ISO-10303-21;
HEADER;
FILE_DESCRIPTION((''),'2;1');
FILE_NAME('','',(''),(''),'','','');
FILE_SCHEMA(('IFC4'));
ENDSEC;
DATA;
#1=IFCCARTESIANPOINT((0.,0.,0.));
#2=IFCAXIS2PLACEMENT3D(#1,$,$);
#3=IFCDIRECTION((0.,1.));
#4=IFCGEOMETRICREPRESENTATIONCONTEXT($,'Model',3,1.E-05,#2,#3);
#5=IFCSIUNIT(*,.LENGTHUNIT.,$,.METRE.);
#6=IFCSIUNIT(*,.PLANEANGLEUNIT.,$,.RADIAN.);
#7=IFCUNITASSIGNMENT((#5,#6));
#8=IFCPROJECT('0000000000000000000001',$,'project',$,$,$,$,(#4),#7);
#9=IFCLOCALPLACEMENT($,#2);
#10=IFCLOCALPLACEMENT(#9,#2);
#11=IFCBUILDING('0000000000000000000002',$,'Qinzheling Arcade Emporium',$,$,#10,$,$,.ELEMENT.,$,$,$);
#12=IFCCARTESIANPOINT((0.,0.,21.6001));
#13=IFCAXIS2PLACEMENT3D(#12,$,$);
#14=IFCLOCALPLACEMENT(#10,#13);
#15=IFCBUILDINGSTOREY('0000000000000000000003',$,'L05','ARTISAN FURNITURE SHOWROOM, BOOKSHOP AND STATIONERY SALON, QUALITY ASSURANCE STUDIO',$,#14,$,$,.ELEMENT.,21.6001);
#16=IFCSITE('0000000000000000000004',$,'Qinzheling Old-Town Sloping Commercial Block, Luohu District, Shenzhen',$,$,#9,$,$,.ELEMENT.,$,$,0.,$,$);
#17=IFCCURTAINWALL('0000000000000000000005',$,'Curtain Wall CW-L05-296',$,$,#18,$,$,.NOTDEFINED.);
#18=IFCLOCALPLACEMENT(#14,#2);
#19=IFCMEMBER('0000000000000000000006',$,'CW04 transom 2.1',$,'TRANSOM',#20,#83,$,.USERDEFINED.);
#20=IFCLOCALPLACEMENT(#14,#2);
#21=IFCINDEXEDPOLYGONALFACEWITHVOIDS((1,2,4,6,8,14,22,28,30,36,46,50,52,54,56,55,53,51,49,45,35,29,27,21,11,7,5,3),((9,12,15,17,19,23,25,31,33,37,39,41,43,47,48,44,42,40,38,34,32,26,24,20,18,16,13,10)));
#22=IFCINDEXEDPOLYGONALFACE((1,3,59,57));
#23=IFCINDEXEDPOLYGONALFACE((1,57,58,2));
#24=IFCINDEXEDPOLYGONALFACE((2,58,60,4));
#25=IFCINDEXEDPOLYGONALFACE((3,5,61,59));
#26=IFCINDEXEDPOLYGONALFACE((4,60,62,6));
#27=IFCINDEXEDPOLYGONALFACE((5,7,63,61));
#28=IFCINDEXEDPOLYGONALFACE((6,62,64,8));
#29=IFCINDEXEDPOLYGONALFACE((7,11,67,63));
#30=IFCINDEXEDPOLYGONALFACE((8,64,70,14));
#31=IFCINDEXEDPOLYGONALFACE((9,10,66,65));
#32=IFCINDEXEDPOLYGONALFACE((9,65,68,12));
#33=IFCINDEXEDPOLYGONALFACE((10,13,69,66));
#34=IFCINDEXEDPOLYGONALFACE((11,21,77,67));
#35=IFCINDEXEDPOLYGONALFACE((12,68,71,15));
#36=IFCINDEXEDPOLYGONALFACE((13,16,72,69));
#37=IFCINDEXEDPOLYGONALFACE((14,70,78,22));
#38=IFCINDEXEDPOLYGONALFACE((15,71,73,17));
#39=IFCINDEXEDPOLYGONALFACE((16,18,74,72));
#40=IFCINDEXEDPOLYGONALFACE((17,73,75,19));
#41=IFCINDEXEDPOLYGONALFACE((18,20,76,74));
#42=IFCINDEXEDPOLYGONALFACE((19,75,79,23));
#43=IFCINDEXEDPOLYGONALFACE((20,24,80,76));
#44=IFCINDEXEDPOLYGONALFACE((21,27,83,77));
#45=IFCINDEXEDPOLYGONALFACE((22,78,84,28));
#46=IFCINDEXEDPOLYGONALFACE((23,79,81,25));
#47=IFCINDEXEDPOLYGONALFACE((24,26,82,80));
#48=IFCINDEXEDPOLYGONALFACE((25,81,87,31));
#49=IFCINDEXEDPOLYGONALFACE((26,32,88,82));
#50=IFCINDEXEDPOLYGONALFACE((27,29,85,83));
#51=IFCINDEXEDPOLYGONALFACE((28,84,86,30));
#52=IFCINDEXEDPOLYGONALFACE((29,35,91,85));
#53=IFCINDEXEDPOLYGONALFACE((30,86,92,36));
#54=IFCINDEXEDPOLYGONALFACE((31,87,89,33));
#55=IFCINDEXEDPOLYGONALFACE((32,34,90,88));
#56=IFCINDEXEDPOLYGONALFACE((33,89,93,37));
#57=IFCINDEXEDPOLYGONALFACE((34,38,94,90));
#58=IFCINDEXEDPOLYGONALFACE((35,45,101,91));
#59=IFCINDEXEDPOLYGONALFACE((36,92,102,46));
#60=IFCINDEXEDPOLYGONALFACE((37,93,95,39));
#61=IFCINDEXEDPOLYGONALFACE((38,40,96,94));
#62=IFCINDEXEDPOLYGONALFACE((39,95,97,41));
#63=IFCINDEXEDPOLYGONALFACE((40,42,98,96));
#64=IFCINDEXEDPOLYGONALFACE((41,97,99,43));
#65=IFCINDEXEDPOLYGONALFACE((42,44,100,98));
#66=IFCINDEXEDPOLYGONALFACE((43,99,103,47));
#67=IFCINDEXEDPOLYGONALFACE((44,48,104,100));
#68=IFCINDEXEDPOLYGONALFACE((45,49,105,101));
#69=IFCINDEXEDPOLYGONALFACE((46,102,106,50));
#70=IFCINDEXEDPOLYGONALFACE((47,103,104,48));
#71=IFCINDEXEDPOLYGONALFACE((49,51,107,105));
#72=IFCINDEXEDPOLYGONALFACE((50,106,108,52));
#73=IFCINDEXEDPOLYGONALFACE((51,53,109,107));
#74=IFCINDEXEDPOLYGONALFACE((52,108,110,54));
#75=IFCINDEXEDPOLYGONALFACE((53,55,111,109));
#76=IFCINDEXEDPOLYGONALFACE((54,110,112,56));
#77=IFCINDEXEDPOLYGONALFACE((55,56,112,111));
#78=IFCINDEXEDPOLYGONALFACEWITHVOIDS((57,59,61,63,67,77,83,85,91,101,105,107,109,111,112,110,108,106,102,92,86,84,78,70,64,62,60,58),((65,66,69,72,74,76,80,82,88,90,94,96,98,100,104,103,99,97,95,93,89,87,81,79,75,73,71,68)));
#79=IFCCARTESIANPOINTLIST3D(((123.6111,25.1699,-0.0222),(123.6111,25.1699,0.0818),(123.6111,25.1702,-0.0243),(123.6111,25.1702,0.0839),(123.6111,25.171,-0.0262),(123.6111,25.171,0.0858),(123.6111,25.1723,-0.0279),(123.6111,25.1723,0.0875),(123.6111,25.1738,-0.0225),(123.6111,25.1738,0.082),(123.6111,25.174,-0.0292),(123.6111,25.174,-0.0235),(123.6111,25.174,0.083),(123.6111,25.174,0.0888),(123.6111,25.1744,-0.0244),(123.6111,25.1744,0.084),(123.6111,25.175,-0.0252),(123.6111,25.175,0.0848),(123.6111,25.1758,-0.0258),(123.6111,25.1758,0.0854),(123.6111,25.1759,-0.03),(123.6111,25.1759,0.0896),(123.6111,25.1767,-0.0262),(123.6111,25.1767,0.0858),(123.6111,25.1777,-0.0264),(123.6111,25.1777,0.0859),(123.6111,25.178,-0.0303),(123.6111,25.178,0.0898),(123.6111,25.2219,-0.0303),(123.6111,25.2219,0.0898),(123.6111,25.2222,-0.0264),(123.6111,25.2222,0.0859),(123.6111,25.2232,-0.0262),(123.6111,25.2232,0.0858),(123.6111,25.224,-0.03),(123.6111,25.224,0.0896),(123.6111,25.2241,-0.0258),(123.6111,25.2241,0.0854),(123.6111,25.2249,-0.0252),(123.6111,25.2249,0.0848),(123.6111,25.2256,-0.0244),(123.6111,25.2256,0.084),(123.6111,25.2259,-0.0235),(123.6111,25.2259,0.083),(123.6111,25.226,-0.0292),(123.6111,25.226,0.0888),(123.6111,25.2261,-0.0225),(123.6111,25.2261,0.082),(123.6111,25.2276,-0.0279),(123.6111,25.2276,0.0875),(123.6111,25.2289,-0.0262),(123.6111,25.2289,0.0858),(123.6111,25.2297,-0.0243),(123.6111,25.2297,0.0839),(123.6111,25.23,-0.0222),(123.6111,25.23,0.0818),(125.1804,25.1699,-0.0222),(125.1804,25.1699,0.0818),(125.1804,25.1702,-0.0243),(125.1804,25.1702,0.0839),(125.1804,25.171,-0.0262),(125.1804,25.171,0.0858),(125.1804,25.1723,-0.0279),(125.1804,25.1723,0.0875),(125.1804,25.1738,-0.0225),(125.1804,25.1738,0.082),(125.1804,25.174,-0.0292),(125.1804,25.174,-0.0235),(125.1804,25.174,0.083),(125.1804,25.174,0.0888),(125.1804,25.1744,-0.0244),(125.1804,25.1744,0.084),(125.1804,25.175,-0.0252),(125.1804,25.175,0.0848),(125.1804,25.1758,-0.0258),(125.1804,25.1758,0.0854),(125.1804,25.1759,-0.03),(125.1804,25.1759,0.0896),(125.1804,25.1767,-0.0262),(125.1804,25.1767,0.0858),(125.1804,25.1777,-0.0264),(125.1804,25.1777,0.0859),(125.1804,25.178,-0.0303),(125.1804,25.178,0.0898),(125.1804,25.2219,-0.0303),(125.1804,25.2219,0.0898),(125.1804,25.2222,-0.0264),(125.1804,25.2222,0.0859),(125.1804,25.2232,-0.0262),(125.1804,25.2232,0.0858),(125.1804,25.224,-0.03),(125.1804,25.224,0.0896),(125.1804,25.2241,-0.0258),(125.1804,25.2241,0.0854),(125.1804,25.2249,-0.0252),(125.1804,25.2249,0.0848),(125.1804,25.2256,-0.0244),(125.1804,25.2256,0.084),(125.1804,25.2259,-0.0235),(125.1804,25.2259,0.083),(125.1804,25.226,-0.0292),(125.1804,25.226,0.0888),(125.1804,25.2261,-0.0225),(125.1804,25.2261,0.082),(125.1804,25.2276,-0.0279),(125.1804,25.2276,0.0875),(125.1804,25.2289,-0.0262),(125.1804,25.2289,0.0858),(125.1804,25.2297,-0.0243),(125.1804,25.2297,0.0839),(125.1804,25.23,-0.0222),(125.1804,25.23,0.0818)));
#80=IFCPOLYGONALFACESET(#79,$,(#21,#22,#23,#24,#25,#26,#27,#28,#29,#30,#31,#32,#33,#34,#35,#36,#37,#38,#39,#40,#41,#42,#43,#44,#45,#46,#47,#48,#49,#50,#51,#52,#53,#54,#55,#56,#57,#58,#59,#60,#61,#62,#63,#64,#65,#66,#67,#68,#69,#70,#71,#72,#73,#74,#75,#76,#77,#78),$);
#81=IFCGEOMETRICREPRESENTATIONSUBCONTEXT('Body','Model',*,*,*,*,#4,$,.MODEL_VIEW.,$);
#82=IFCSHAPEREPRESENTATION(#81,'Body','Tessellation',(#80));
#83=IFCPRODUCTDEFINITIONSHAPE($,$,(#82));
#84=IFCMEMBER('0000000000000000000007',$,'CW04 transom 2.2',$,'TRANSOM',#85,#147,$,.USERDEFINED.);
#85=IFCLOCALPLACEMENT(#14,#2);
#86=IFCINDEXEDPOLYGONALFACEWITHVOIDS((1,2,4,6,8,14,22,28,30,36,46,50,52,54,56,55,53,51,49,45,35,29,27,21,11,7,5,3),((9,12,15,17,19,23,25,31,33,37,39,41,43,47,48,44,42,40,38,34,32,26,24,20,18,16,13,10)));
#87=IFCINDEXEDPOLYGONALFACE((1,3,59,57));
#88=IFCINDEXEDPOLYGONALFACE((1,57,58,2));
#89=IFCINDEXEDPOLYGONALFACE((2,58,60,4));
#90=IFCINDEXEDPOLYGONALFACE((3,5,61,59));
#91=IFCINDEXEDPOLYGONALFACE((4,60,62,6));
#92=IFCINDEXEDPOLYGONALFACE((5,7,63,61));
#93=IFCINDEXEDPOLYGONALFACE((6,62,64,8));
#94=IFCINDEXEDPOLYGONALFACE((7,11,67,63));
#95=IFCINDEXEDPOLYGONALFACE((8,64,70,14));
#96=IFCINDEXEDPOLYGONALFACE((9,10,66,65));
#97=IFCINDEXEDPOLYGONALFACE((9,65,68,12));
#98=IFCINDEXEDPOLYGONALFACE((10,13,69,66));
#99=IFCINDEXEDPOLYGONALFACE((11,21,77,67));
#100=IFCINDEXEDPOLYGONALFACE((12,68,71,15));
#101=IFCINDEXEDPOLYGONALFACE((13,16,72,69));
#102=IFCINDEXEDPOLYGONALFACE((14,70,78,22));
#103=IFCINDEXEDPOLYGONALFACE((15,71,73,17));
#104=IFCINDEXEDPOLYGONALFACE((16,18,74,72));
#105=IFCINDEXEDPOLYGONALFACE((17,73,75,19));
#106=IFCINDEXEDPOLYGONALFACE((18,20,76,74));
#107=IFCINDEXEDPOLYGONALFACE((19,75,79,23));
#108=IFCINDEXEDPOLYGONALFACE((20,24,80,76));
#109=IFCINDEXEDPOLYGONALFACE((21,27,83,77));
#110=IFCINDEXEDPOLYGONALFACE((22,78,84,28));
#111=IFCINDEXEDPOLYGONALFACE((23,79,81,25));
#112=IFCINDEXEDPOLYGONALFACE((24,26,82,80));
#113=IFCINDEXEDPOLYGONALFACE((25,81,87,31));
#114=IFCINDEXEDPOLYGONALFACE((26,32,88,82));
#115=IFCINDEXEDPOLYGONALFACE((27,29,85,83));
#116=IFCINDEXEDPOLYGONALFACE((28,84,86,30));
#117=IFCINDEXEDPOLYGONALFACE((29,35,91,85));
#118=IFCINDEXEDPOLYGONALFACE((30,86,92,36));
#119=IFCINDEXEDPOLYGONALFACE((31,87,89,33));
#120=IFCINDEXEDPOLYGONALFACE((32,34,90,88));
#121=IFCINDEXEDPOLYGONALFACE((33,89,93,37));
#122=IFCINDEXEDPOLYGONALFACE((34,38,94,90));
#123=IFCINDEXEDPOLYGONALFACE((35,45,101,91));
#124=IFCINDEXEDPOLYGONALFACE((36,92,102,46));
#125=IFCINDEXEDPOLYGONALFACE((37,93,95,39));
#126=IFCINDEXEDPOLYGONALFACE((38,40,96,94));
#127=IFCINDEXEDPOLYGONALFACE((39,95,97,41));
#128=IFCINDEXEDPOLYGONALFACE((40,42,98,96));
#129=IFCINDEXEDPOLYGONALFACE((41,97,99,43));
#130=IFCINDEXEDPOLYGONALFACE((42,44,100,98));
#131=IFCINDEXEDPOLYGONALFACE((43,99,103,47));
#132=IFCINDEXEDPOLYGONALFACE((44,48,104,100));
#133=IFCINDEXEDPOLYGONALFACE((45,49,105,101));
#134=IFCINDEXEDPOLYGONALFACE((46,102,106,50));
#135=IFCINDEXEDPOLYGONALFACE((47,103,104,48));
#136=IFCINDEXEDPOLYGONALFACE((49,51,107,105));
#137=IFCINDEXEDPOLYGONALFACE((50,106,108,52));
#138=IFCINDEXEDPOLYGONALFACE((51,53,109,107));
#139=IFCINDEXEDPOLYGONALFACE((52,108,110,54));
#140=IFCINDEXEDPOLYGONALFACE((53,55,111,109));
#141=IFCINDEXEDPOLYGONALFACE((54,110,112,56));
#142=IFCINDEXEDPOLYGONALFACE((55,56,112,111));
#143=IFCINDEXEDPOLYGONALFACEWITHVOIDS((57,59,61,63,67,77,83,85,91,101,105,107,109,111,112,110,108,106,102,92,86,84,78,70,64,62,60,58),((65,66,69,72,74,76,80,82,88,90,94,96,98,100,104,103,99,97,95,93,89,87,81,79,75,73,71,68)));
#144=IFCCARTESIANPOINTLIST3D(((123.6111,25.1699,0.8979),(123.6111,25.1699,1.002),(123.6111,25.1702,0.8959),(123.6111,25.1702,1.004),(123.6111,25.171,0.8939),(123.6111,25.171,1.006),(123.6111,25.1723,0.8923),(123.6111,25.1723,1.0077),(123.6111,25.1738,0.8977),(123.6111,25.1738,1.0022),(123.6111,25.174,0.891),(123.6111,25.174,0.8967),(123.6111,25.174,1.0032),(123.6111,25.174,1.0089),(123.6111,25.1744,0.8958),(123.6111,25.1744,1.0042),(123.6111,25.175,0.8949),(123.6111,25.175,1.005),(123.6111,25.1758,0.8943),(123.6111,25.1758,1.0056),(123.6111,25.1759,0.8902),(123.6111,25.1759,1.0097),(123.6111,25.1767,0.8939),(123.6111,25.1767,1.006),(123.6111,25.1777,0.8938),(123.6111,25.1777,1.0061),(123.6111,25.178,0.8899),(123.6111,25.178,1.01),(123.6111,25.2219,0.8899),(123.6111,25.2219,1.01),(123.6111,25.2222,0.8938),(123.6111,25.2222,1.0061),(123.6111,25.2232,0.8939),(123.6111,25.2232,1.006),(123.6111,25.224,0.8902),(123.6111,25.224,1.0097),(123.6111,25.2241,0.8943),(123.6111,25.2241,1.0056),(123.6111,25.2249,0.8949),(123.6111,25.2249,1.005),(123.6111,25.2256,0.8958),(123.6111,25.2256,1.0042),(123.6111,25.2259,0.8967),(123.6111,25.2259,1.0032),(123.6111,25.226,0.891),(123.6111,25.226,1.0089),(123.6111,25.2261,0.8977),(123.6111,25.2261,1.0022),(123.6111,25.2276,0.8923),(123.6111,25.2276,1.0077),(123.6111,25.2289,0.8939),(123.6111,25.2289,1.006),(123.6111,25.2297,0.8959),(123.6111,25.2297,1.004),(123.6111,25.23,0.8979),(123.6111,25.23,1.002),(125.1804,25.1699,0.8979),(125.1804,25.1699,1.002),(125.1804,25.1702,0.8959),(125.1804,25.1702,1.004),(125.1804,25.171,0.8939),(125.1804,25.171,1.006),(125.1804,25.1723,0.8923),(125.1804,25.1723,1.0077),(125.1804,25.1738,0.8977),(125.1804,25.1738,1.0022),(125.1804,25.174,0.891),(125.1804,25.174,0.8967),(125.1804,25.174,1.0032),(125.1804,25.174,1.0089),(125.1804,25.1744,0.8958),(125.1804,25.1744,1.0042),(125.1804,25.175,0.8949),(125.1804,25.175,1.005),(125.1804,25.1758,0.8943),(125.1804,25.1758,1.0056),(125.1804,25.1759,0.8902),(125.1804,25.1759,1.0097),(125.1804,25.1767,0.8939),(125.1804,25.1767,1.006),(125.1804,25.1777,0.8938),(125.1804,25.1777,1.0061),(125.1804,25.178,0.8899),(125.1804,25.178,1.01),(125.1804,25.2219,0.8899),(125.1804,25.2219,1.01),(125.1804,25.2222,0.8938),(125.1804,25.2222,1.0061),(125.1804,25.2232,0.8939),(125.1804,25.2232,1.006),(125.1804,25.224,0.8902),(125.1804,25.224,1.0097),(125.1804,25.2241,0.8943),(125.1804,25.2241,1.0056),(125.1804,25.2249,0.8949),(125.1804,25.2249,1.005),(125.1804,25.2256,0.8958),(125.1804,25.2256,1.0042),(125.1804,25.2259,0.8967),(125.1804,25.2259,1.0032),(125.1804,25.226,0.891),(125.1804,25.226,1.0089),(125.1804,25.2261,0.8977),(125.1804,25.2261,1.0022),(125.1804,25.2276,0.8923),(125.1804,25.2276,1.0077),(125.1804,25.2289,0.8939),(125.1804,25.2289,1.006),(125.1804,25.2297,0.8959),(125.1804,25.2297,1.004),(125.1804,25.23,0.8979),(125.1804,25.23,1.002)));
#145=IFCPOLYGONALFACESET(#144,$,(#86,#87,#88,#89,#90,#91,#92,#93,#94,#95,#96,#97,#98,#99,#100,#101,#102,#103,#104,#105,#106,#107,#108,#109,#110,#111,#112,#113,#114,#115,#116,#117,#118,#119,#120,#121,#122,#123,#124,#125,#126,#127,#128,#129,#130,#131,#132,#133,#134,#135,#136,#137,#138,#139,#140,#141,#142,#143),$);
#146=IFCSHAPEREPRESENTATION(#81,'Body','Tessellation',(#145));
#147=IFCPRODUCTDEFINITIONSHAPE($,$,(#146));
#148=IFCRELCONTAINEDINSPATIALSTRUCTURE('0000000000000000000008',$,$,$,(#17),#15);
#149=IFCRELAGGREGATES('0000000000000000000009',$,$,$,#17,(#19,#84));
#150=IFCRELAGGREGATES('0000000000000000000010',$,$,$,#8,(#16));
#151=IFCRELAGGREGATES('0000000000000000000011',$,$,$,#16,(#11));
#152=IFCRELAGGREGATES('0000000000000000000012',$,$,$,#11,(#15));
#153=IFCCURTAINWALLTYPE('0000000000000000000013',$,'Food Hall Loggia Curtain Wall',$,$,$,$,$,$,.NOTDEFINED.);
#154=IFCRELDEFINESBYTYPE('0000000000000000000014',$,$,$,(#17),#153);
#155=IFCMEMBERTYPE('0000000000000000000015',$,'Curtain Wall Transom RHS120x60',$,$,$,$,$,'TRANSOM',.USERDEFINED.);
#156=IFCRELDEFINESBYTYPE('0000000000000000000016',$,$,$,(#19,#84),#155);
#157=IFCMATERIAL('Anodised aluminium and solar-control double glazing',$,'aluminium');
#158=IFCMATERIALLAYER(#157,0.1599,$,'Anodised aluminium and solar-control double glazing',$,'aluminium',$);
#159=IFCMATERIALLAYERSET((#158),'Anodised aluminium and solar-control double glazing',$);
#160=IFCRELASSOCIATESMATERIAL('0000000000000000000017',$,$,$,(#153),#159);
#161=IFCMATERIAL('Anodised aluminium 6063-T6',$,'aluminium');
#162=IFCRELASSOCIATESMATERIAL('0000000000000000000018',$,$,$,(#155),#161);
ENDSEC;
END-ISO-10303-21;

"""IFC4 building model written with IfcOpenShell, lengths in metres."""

from ifc_helpers import new_model, si_unit, direction, frame, origin, origin_2d, place, context, subcontext, project, spatial, hollow_rectangle, extrude, material, layer, layer_set, material_profile, profile_set, type_object, element, aggregate, save


model = new_model("IFC4")

# Units and contexts
model_context = context("Model", 3, precision=1e-05, world=origin(), true_north=direction((0.0, 1.0)))
body_context = subcontext(model_context, "Body", "Model", "MODEL_VIEW")
ifc_project = project(units=[si_unit("LENGTHUNIT", "METRE"), si_unit("PLANEANGLEUNIT", "RADIAN")], contexts=[model_context])

# Site, building, storey
site_placement = place(None, origin())
site = spatial("IfcSite", under=ifc_project, at=site_placement, Name="Qinzheling Old-Town Sloping Commercial Block, Luohu District, Shenzhen", CompositionType="ELEMENT", RefElevation=0.0)
building_placement = place(site_placement, origin())
building = spatial("IfcBuilding", under=site, at=building_placement, Name="Qinzheling Arcade Emporium", CompositionType="ELEMENT")
storey_placement = place(building_placement, frame((0.0, 0.0, 21.6001)))
storey = spatial("IfcBuildingStorey", under=building, at=storey_placement, Name="L05", Description="ARTISAN FURNITURE SHOWROOM, BOOKSHOP AND STATIONERY SALON, QUALITY ASSURANCE STUDIO", CompositionType="ELEMENT", Elevation=21.6001)

# Curtain wall, members
ifc_material_1 = material(Name="Anodised aluminium and solar-control double glazing", Category="aluminium")
ifc_layer_1 = layer(ifc_material_1, 0.1599, Name="Anodised aluminium and solar-control double glazing", Category="aluminium")
ifc_layer_set_1 = layer_set([ifc_layer_1], Name="Anodised aluminium and solar-control double glazing")
curtain_wall_type = type_object("IfcCurtainWallType", Name="Food Hall Loggia Curtain Wall", PredefinedType="NOTDEFINED", material=ifc_layer_set_1)
curtain_wall_placement = place(storey_placement, origin())
curtain_wall = element("IfcCurtainWall", 1, at=curtain_wall_placement, inside=storey, type_object=curtain_wall_type, Name="Curtain Wall CW-L05-296", PredefinedType="NOTDEFINED")
ifc_material_2 = material(Name="Anodised aluminium 6063-T6", Category="aluminium")
ifc_material_profile_1 = material_profile(ifc_material_2, hollow_rectangle(XDim=0.0601, YDim=0.1201, WallThickness=0.0039, InnerFilletRadius=0.0039, OuterFilletRadius=0.0081, at=origin_2d()), Name="RHS 120x60x4", Category="aluminium")
ifc_profile_set_1 = profile_set([ifc_material_profile_1], Name="Anodised aluminium 6063-T6")
member_type_1 = type_object("IfcMemberType", Name="Curtain Wall Transom RHS120x60", ElementType="TRANSOM", PredefinedType="USERDEFINED", material=ifc_profile_set_1)
member_1_placement = place(storey_placement, frame((123.6111, 25.2, 0.0298), z_axis=(1.0, 0.0, 0.0), x_axis=(0.0, 1.0, 0.0)))
member_1 = element("IfcMember", 2, at=member_1_placement, type_object=member_type_1, Name="CW04 transom 2.1", ObjectType="TRANSOM", PredefinedType="USERDEFINED", context=body_context, shape_type="SweptSolid", body=[
    extrude(hollow_rectangle(XDim=0.0601, YDim=0.1201, WallThickness=0.0039, InnerFilletRadius=0.0039, OuterFilletRadius=0.0081, at=origin_2d()), origin(), (0.0, 0.0, 1.0), 1.5693),
])
member_2_placement = place(storey_placement, frame((123.6111, 25.2, 0.95), z_axis=(1.0, 0.0, 0.0), x_axis=(0.0, 1.0, 0.0)))
member_2 = element("IfcMember", 3, at=member_2_placement, type_object=member_type_1, Name="CW04 transom 2.2", ObjectType="TRANSOM", PredefinedType="USERDEFINED", context=body_context, shape_type="SweptSolid", body=[
    extrude(hollow_rectangle(XDim=0.0601, YDim=0.1201, WallThickness=0.0039, InnerFilletRadius=0.0039, OuterFilletRadius=0.0081, at=origin_2d()), origin(), (0.0, 0.0, 1.0), 1.5693),
])

aggregate(curtain_wall, [member_1, member_2])

save(model, "model.ifc")
